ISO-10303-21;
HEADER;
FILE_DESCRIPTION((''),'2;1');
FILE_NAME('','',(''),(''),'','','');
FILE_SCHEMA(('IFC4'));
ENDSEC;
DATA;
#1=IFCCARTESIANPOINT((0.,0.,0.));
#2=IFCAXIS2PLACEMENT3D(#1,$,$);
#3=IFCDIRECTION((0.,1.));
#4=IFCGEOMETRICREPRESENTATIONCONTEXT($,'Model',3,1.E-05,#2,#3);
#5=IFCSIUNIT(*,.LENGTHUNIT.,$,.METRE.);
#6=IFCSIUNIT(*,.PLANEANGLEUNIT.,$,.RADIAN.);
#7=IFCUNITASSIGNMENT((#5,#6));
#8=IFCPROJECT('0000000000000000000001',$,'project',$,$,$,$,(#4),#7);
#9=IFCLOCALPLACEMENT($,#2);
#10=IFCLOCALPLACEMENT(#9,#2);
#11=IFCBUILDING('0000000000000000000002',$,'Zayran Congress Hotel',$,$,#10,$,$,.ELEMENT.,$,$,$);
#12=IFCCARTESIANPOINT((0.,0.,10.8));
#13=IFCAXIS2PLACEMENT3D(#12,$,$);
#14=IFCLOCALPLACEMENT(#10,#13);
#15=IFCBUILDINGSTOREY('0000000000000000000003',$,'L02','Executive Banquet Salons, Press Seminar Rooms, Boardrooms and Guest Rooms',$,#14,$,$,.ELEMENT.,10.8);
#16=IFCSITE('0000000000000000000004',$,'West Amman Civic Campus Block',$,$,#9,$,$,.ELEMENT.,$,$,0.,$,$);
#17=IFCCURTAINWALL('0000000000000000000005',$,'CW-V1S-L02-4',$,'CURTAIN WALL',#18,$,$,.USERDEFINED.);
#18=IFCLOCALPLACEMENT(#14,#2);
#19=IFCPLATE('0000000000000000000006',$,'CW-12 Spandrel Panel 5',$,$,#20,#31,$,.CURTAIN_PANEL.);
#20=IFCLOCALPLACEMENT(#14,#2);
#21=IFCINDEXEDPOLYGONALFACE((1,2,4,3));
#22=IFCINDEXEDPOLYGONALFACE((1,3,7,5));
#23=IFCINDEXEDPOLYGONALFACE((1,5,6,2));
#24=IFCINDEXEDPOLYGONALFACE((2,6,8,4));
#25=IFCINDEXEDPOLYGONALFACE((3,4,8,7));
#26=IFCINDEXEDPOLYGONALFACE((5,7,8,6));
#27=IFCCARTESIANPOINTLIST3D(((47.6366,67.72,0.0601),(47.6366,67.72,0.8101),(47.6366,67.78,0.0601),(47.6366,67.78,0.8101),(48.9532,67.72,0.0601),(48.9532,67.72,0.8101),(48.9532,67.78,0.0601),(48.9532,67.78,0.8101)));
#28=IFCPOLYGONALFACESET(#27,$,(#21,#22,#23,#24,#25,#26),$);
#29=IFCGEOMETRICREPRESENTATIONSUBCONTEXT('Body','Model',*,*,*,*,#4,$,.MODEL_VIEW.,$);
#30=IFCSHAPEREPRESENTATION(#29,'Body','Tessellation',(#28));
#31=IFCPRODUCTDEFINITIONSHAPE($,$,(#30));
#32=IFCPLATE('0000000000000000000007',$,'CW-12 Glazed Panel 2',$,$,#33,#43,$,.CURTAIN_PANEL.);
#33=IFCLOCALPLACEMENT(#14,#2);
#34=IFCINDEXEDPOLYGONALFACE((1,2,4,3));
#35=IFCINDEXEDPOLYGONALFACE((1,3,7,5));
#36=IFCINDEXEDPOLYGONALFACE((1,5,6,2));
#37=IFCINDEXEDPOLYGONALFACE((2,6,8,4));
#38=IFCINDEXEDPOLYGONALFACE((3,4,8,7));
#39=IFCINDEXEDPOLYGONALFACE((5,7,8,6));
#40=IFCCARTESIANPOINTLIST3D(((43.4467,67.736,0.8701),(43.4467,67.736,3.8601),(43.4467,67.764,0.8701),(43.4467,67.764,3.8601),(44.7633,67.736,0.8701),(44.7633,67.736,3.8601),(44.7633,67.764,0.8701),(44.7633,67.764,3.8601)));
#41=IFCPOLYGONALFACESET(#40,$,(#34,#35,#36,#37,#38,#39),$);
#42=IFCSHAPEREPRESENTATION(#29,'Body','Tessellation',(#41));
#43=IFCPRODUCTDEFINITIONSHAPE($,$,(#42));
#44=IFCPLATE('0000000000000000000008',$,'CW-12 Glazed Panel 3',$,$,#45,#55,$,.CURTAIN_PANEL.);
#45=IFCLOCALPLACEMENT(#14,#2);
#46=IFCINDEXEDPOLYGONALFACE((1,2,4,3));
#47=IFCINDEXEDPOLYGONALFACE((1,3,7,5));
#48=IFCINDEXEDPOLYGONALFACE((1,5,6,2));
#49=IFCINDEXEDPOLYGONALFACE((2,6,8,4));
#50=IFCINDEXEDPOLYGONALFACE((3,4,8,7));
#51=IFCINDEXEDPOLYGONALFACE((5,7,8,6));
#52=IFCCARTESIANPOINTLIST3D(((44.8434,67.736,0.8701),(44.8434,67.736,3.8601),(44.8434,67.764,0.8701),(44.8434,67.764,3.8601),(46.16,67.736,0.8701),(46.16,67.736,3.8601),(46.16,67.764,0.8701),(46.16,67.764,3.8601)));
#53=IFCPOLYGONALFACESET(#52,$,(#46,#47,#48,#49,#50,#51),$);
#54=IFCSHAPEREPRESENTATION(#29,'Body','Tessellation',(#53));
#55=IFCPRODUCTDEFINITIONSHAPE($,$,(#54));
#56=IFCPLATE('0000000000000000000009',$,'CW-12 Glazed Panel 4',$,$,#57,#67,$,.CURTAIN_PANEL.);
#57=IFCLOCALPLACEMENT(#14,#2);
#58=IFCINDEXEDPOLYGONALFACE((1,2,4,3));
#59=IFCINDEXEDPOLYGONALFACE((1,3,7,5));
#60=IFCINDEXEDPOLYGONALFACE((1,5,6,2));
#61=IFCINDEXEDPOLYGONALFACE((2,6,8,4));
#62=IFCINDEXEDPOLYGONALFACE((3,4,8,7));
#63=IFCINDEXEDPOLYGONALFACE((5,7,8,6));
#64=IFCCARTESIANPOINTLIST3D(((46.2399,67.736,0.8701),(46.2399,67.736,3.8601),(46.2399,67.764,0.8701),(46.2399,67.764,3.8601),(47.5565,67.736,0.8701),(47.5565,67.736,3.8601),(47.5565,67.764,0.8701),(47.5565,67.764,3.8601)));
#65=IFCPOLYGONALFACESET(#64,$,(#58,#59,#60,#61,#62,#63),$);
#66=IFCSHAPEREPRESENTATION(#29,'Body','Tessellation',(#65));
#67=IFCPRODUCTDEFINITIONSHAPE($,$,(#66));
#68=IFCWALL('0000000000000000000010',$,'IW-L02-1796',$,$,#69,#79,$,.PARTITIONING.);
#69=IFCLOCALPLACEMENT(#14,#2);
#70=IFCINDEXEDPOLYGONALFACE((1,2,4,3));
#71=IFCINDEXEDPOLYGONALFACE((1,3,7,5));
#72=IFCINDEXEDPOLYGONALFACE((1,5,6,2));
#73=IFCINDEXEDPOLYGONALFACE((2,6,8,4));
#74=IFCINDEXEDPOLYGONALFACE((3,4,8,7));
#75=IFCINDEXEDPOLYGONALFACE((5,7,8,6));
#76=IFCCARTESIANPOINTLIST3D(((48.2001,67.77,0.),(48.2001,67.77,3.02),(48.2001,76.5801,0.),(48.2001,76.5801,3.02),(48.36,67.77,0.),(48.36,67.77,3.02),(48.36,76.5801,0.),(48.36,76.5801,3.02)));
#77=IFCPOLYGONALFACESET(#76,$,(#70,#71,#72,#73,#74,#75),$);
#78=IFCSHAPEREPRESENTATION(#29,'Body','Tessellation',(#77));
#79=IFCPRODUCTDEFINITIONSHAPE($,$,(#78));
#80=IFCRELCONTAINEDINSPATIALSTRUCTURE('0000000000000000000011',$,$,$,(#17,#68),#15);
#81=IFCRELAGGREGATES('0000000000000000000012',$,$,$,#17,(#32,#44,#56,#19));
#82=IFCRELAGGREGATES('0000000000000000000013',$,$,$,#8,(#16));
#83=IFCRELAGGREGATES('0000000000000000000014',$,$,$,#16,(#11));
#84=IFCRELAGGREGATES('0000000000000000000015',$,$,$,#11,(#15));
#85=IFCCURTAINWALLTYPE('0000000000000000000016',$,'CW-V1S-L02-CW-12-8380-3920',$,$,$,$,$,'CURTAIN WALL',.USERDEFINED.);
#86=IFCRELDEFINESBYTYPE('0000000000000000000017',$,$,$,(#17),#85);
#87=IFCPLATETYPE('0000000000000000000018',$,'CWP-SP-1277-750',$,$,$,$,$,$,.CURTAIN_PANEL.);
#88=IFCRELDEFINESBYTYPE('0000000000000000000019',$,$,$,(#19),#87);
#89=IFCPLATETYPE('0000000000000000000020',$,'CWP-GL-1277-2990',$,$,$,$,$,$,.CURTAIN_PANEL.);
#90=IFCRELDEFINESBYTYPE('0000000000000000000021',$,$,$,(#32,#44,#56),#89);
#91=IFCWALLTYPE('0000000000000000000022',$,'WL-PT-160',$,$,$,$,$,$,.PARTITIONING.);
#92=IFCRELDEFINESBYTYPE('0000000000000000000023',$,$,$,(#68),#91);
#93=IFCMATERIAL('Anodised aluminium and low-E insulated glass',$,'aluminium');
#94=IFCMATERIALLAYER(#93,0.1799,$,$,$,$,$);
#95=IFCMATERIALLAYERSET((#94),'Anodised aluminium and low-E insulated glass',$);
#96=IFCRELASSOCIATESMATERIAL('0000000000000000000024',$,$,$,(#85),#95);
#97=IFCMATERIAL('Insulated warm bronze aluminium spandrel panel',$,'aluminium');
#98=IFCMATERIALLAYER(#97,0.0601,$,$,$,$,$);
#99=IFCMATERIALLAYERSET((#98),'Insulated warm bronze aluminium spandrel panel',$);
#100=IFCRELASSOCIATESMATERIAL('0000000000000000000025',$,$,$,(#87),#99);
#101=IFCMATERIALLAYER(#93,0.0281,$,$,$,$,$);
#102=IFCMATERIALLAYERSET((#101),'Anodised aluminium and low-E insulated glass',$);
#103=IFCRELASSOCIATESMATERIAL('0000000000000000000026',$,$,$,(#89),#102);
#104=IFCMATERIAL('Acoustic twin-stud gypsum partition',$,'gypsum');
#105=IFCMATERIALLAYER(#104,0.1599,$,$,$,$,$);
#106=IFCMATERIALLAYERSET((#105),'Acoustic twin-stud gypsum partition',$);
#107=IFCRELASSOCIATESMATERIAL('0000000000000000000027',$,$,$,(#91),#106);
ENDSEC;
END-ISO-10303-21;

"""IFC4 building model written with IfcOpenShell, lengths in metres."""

from ifc_helpers import new_model, si_unit, direction, frame, frame_2d, origin, origin_2d, place, context, subcontext, project, spatial, rectangle, extrude, material, layer, layer_set, type_object, element, aggregate, save


model = new_model("IFC4")

# Units and contexts
model_context = context("Model", 3, precision=1e-05, world=origin(), true_north=direction((0.0, 1.0)))
body_context = subcontext(model_context, "Body", "Model", "MODEL_VIEW")
ifc_project = project(units=[si_unit("LENGTHUNIT", "METRE"), si_unit("PLANEANGLEUNIT", "RADIAN")], contexts=[model_context])

# Site, building, storey
site_placement = place(None, origin())
site = spatial("IfcSite", under=ifc_project, at=site_placement, Name="West Amman Civic Campus Block", CompositionType="ELEMENT", RefElevation=0.0)
building_placement = place(site_placement, origin())
building = spatial("IfcBuilding", under=site, at=building_placement, Name="Zayran Congress Hotel", CompositionType="ELEMENT")
storey_placement = place(building_placement, frame((0.0, 0.0, 10.8)))
storey = spatial("IfcBuildingStorey", under=building, at=storey_placement, Name="L02", Description="Executive Banquet Salons, Press Seminar Rooms, Boardrooms and Guest Rooms", CompositionType="ELEMENT", Elevation=10.8)

# Curtain wall, plates
ifc_material_1 = material(Name="Anodised aluminium and low-E insulated glass", Category="aluminium")
ifc_layer_1 = layer(ifc_material_1, 0.1799)
ifc_layer_set_1 = layer_set([ifc_layer_1], Name="Anodised aluminium and low-E insulated glass")
curtain_wall_type = type_object("IfcCurtainWallType", Name="CW-V1S-L02-CW-12-8380-3920", ElementType="CURTAIN WALL", PredefinedType="USERDEFINED", material=ifc_layer_set_1)
curtain_wall_placement = place(storey_placement, origin())
curtain_wall = element("IfcCurtainWall", 1, at=curtain_wall_placement, inside=storey, type_object=curtain_wall_type, Name="CW-V1S-L02-4", ObjectType="CURTAIN WALL", PredefinedType="USERDEFINED")
ifc_material_2 = material(Name="Insulated warm bronze aluminium spandrel panel", Category="aluminium")
ifc_layer_2 = layer(ifc_material_2, 0.0601)
ifc_layer_set_2 = layer_set([ifc_layer_2], Name="Insulated warm bronze aluminium spandrel panel")
plate_type_1 = type_object("IfcPlateType", Name="CWP-SP-1277-750", PredefinedType="CURTAIN_PANEL", material=ifc_layer_set_2)
plate_1_placement = place(storey_placement, frame((48.2949, 67.75, 0.0601), z_axis=(0.0, 0.0, 1.0), x_axis=(1.0, 0.0, 0.0)))
plate_1 = element("IfcPlate", 2, at=plate_1_placement, type_object=plate_type_1, Name="CW-12 Spandrel Panel 5", PredefinedType="CURTAIN_PANEL", context=body_context, shape_type="SweptSolid", body=[
    extrude(rectangle(XDim=1.3167, YDim=0.0601, at=origin_2d()), origin(), (0.0, 0.0, 1.0), 0.75),
])
ifc_layer_3 = layer(ifc_material_1, 0.0281)
ifc_layer_set_3 = layer_set([ifc_layer_3], Name="Anodised aluminium and low-E insulated glass")
plate_type_2 = type_object("IfcPlateType", Name="CWP-GL-1277-2990", PredefinedType="CURTAIN_PANEL", material=ifc_layer_set_3)
plate_2_placement = place(storey_placement, frame((44.105, 67.75, 0.8701), z_axis=(0.0, 0.0, 1.0), x_axis=(1.0, 0.0, 0.0)))
plate_2 = element("IfcPlate", 3, at=plate_2_placement, type_object=plate_type_2, Name="CW-12 Glazed Panel 2", PredefinedType="CURTAIN_PANEL", context=body_context, shape_type="SweptSolid", body=[
    extrude(rectangle(XDim=1.3167, YDim=0.0281, at=origin_2d()), origin(), (0.0, 0.0, 1.0), 2.99),
])
plate_3_placement = place(storey_placement, frame((45.5017, 67.75, 0.8701), z_axis=(0.0, 0.0, 1.0), x_axis=(1.0, 0.0, 0.0)))
plate_3 = element("IfcPlate", 4, at=plate_3_placement, type_object=plate_type_2, Name="CW-12 Glazed Panel 3", PredefinedType="CURTAIN_PANEL", context=body_context, shape_type="SweptSolid", body=[
    extrude(rectangle(XDim=1.3167, YDim=0.0281, at=origin_2d()), origin(), (0.0, 0.0, 1.0), 2.99),
])
plate_4_placement = place(storey_placement, frame((46.8982, 67.75, 0.8701), z_axis=(0.0, 0.0, 1.0), x_axis=(1.0, 0.0, 0.0)))
plate_4 = element("IfcPlate", 5, at=plate_4_placement, type_object=plate_type_2, Name="CW-12 Glazed Panel 4", PredefinedType="CURTAIN_PANEL", context=body_context, shape_type="SweptSolid", body=[
    extrude(rectangle(XDim=1.3167, YDim=0.0281, at=origin_2d()), origin(), (0.0, 0.0, 1.0), 2.99),
])
aggregate(curtain_wall, [plate_2, plate_3, plate_4, plate_1])

# Wall
ifc_material_3 = material(Name="Acoustic twin-stud gypsum partition", Category="gypsum")
ifc_layer_4 = layer(ifc_material_3, 0.1599)
ifc_layer_set_4 = layer_set([ifc_layer_4], Name="Acoustic twin-stud gypsum partition")
wall_type = type_object("IfcWallType", Name="WL-PT-160", PredefinedType="PARTITIONING", material=ifc_layer_set_4)
wall_placement = place(storey_placement, frame((48.28, 67.77, 0.0), z_axis=(0.0, 0.0, 1.0), x_axis=(0.0, 1.0, 0.0)))
element("IfcWall", 6, at=wall_placement, inside=storey, type_object=wall_type, Name="IW-L02-1796", PredefinedType="PARTITIONING", context=body_context, shape_type="SweptSolid", body=[
    extrude(rectangle(XDim=8.8101, YDim=0.1599, at=frame_2d((4.405, 0.0))), origin(), (0.0, 0.0, 1.0), 3.02),
])

save(model, "model.ifc")
